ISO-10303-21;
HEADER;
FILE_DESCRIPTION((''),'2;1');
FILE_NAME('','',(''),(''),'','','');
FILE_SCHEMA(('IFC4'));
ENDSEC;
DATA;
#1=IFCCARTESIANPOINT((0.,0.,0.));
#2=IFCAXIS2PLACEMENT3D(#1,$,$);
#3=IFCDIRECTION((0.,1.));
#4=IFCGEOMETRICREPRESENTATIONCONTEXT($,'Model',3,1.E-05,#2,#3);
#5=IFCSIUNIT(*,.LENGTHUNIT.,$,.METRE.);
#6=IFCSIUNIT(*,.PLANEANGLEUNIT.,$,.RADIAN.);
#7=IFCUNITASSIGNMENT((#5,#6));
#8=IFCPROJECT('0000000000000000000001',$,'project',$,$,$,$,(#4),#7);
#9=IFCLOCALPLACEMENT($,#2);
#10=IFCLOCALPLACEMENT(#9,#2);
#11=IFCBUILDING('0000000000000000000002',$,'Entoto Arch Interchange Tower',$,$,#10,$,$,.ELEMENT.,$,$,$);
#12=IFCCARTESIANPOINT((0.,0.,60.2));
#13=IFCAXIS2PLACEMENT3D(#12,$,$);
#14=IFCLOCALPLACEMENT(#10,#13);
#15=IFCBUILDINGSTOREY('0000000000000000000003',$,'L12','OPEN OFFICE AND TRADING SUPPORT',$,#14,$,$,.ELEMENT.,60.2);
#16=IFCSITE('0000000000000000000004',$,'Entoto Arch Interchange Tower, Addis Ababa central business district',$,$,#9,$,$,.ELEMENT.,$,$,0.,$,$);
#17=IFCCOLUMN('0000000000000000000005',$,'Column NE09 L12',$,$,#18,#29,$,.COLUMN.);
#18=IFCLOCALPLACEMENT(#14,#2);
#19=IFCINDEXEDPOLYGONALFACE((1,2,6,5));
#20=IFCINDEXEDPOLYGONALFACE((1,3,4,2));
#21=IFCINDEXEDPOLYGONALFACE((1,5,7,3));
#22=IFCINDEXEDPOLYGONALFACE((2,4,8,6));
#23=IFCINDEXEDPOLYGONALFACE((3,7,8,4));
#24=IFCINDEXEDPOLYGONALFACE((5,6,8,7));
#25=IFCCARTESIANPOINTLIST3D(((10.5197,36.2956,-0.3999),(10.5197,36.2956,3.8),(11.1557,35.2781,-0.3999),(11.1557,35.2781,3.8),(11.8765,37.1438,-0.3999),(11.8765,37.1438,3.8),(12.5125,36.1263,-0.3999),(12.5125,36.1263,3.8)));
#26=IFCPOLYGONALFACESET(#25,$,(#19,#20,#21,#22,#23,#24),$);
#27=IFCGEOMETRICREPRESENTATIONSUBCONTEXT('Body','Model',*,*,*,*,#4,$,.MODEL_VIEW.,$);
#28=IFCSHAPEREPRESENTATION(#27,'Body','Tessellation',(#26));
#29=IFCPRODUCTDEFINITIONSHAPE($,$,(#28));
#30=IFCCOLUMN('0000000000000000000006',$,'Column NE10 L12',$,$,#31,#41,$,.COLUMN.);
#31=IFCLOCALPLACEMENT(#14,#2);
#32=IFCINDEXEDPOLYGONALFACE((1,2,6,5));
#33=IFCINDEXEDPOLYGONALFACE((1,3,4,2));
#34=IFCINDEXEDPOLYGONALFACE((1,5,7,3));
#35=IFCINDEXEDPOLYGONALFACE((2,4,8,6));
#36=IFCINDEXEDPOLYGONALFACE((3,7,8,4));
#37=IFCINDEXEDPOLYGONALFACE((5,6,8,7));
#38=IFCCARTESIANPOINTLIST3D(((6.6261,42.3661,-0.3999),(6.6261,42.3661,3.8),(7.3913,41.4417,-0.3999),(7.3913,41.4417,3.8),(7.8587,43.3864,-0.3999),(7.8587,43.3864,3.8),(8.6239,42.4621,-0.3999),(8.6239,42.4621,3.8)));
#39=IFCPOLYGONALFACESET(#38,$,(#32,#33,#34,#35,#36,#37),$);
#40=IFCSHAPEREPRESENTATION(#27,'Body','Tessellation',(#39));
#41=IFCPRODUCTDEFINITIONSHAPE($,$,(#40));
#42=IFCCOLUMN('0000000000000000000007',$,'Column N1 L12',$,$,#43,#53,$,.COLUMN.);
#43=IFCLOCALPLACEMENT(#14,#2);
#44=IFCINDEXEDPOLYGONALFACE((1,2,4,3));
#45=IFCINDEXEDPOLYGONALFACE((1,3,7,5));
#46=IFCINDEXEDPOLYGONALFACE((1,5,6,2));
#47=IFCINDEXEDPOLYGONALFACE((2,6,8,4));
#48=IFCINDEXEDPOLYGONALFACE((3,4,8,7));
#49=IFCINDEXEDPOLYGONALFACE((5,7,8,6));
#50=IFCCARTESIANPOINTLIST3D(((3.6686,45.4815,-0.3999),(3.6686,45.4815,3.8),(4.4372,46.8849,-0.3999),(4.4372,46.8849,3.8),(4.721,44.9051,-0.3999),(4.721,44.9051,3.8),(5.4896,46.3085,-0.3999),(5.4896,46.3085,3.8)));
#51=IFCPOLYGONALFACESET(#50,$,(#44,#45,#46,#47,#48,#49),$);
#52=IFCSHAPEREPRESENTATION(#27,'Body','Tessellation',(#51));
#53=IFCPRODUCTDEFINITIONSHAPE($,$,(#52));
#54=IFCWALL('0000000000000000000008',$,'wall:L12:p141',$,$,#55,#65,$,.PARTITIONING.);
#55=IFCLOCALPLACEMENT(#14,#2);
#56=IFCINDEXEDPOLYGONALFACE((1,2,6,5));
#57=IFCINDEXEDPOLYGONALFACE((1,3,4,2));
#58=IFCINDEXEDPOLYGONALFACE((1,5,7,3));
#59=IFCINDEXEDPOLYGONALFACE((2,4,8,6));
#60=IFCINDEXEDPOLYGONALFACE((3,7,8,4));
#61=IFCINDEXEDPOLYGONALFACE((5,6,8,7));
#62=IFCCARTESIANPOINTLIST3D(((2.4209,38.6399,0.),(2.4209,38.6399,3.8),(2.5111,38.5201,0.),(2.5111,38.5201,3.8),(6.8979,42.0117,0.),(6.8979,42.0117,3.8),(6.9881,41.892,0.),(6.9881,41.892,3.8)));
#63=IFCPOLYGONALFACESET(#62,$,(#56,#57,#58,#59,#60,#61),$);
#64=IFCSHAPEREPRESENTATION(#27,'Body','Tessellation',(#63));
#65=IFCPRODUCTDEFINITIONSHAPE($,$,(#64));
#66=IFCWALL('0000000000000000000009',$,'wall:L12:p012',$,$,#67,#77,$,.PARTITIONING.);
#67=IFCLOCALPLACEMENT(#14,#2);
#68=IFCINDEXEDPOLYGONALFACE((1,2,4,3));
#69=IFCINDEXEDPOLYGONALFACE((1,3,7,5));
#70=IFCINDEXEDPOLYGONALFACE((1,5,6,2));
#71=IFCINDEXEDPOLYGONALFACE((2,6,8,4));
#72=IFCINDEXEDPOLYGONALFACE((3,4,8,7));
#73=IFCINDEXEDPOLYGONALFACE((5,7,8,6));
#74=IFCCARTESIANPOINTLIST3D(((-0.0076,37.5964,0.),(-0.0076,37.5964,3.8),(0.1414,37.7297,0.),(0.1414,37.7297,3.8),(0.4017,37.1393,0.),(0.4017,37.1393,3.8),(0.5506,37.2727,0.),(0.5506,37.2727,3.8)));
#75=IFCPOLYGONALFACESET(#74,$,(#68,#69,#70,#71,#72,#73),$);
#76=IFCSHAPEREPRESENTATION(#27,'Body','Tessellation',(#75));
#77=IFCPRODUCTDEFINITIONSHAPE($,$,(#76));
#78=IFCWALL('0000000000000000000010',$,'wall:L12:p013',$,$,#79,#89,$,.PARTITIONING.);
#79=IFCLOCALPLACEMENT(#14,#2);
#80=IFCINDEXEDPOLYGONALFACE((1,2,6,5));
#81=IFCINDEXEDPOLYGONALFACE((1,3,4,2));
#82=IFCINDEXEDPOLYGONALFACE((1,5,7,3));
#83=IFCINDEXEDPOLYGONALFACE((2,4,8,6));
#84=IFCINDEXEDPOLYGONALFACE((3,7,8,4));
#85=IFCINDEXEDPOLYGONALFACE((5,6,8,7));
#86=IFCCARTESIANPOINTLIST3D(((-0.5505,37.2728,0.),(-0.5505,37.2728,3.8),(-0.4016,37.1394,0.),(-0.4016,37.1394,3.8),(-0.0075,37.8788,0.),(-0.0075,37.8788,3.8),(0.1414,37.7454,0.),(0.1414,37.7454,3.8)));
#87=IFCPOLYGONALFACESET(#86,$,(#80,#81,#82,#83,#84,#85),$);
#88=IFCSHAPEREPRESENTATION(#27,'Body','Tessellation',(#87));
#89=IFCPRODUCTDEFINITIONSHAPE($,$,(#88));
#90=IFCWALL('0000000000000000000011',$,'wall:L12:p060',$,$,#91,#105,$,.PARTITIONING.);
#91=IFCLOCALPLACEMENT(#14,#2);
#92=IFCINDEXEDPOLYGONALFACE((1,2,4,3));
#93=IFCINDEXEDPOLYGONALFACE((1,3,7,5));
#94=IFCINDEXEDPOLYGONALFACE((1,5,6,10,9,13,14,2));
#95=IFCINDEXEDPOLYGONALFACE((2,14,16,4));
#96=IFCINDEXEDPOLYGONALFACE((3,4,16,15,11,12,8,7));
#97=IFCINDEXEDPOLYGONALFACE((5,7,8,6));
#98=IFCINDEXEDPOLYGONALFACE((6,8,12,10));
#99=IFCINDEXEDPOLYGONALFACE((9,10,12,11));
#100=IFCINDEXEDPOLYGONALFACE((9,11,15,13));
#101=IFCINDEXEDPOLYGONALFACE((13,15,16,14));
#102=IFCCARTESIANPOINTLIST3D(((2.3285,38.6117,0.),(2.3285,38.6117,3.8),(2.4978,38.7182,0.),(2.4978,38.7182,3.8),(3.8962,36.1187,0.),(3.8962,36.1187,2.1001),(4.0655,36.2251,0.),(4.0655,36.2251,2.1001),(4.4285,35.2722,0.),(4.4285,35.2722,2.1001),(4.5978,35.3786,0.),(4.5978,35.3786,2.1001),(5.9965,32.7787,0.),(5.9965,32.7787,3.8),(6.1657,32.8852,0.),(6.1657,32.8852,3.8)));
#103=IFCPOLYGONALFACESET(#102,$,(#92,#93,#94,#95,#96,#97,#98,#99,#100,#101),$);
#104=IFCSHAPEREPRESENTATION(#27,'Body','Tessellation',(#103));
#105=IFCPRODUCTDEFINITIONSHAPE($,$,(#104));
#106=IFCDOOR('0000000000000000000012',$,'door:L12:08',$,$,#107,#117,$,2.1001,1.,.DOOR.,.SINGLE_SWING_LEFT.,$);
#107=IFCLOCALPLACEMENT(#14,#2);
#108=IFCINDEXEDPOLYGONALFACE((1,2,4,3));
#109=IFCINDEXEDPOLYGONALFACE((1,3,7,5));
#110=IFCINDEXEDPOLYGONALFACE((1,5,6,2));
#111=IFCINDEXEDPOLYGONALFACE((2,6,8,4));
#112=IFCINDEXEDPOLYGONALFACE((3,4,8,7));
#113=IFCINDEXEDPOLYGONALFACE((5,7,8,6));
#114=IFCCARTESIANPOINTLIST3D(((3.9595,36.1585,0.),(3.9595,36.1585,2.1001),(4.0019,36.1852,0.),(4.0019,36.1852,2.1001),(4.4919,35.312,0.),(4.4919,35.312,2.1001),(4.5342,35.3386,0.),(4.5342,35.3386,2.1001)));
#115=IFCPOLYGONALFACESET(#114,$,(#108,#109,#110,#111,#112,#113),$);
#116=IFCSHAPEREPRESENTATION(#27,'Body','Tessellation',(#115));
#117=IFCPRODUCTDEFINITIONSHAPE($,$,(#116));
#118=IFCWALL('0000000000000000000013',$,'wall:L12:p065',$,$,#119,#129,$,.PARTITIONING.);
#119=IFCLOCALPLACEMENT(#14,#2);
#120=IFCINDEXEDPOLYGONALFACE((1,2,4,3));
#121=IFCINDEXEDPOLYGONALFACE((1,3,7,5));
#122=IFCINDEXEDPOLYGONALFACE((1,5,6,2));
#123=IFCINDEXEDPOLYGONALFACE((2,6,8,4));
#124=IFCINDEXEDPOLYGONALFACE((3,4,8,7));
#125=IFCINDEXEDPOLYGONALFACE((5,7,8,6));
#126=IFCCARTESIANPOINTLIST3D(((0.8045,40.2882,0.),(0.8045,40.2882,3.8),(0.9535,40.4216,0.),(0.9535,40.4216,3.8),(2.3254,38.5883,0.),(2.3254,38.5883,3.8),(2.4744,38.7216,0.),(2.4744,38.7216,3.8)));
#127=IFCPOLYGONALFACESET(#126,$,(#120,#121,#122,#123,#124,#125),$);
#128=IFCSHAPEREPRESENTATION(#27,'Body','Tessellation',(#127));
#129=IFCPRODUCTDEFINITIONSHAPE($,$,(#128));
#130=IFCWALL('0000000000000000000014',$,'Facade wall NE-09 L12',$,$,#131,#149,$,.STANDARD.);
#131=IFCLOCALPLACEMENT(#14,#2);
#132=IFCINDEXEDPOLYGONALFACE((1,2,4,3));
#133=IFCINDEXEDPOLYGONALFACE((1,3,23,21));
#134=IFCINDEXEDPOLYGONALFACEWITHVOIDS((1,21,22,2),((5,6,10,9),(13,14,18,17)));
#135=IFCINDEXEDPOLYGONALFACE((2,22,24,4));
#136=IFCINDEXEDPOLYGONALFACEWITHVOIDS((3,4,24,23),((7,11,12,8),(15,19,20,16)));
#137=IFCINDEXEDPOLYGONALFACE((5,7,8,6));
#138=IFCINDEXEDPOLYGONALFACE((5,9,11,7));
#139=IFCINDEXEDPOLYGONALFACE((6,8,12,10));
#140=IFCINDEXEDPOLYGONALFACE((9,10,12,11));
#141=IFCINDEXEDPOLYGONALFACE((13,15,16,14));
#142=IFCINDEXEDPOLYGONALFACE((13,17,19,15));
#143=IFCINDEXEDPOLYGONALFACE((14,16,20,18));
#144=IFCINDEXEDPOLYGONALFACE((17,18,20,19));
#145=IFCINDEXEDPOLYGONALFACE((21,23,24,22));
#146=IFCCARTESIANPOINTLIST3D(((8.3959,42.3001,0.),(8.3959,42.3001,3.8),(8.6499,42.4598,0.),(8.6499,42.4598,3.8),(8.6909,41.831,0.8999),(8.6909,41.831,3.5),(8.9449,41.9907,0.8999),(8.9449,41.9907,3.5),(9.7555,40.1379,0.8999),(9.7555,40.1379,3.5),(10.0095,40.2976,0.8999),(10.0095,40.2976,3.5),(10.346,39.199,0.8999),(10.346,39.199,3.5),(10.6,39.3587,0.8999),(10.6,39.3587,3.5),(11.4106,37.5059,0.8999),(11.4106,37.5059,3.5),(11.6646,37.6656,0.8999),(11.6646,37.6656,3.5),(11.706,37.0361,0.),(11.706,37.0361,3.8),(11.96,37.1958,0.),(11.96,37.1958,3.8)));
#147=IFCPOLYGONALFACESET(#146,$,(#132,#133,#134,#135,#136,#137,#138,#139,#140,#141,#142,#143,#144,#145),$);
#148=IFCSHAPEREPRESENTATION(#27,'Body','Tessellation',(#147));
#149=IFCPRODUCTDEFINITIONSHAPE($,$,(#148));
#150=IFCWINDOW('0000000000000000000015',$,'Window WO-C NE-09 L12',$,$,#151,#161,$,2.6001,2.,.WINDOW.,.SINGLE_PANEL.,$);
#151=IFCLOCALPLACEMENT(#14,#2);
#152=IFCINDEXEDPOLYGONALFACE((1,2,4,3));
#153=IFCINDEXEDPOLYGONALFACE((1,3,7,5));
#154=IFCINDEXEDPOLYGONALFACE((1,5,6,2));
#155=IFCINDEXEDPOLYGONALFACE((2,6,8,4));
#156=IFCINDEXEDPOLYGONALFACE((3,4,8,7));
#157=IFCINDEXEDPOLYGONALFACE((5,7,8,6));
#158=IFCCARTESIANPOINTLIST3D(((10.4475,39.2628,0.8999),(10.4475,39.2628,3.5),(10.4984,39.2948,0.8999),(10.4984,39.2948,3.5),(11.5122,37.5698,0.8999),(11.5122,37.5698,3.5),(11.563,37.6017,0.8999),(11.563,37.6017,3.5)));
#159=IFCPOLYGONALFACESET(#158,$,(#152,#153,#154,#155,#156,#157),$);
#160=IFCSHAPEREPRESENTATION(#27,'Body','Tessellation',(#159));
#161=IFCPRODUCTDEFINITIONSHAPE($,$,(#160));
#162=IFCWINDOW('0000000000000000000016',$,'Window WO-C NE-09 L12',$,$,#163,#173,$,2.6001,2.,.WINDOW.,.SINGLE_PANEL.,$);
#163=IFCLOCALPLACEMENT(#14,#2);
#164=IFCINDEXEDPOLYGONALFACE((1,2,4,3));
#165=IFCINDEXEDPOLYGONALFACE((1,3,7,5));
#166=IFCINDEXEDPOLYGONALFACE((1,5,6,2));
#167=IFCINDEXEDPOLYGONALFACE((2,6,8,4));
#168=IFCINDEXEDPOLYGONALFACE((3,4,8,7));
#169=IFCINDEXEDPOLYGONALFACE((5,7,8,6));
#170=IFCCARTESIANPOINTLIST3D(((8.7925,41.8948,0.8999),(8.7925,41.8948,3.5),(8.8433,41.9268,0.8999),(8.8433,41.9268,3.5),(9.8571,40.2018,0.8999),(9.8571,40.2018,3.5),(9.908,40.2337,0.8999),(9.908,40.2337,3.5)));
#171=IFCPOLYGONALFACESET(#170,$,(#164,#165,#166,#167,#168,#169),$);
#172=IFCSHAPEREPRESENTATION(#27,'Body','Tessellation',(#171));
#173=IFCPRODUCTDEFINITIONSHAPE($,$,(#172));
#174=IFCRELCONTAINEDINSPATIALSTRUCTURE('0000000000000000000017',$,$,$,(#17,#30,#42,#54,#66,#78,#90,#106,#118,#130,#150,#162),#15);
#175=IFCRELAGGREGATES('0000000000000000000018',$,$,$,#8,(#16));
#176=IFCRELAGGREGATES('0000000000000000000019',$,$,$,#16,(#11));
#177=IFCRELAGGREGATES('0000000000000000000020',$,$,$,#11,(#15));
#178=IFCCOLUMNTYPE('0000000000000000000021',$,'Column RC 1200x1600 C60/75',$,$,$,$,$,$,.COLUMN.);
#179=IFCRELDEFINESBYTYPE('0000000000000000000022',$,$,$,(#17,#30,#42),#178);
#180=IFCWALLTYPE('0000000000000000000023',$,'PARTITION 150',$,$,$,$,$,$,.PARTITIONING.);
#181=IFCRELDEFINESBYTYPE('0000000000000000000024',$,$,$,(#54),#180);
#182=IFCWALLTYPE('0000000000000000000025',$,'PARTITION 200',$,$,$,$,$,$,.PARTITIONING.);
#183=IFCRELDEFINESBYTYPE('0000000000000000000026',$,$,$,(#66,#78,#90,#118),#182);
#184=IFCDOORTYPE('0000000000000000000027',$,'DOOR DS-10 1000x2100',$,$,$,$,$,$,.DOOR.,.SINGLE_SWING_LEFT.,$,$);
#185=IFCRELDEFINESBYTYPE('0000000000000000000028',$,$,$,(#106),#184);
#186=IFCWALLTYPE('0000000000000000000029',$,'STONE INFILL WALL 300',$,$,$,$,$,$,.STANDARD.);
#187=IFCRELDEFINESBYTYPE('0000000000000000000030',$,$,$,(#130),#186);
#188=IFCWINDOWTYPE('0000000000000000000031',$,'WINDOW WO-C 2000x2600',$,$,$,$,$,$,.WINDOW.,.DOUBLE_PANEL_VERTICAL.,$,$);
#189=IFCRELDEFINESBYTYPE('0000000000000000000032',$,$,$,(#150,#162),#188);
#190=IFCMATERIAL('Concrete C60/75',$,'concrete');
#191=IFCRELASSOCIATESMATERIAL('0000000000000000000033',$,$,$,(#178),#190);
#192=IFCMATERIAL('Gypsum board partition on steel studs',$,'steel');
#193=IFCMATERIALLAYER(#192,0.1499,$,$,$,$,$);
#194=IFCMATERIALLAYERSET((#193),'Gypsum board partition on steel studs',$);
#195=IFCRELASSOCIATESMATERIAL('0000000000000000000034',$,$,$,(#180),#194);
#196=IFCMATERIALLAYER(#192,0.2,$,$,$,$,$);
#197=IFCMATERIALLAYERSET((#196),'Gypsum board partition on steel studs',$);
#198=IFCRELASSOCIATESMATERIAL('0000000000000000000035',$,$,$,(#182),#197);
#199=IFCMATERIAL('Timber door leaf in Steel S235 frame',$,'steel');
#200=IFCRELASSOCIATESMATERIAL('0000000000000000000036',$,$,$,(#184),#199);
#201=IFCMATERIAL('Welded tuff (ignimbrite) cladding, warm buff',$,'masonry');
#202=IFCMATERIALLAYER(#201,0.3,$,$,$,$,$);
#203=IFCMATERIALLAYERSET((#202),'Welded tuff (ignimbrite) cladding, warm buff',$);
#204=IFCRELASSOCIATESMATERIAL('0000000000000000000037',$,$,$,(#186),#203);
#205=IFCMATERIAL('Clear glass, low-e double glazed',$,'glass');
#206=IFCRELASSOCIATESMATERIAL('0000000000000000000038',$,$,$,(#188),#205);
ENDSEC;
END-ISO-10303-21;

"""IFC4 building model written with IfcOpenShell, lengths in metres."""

from ifc_helpers import new_model, si_unit, direction, frame, frame_2d, origin, origin_2d, place, context, subcontext, project, spatial, rectangle, extrude, material, layer, layer_set, material_profile, profile_set, type_object, element, fill, save


model = new_model("IFC4")

# Units and contexts
model_context = context("Model", 3, precision=1e-05, world=origin(), true_north=direction((0.0, 1.0)))
body_context = subcontext(model_context, "Body", "Model", "MODEL_VIEW")
ifc_project = project(units=[si_unit("LENGTHUNIT", "METRE"), si_unit("PLANEANGLEUNIT", "RADIAN")], contexts=[model_context])

# Site, building, storey
site_placement = place(None, origin())
site = spatial("IfcSite", under=ifc_project, at=site_placement, Name="Entoto Arch Interchange Tower, Addis Ababa central business district", CompositionType="ELEMENT", RefElevation=0.0)
building_placement = place(site_placement, origin())
building = spatial("IfcBuilding", under=site, at=building_placement, Name="Entoto Arch Interchange Tower", CompositionType="ELEMENT")
storey_placement = place(building_placement, frame((0.0, 0.0, 60.2)))
storey = spatial("IfcBuildingStorey", under=building, at=storey_placement, Name="L12", Description="OPEN OFFICE AND TRADING SUPPORT", CompositionType="ELEMENT", Elevation=60.2)

# Columns
ifc_material_1 = material(Name="Concrete C60/75", Category="concrete")
ifc_material_profile = material_profile(ifc_material_1, rectangle(XDim=1.2, YDim=1.6001, at=origin_2d()))
ifc_profile_set = profile_set([ifc_material_profile], Name="Concrete C60/75")
column_type = type_object("IfcColumnType", Name="Column RC 1200x1600 C60/75", PredefinedType="COLUMN", material=ifc_profile_set)
for number, where, z_axis, x_axis, name in (
    (1, (11.5161, 36.2109, -0.3999), (0.0, 0.0, 1.0), (-0.530067, 0.847956, 0.0), "Column NE09 L12"),
    (2, (7.625, 42.4141, -0.3999), (0.0, 0.0, 1.0), (-0.637666, 0.770313, 0.0), "Column NE10 L12"),
    (3, (4.5791, 45.895, -0.3999), (0.0, 0.0, 1.0), (-0.877079, 0.480346, 0.0), "Column N1 L12"),
):
    element("IfcColumn", number, at=place(storey_placement, frame(where, z_axis=z_axis, x_axis=x_axis)), inside=storey, type_object=column_type, Name=name, PredefinedType="COLUMN", context=body_context, shape_type="SweptSolid", body=[
        extrude(rectangle(XDim=1.2, YDim=1.6001, at=origin_2d()), origin(), (0.0, 0.0, 1.0), 4.2),
    ])

# Walls
ifc_material_2 = material(Name="Gypsum board partition on steel studs", Category="steel")
ifc_layer_1 = layer(ifc_material_2, 0.1499)
ifc_layer_set_1 = layer_set([ifc_layer_1], Name="Gypsum board partition on steel studs")
wall_type_1 = type_object("IfcWallType", Name="PARTITION 150", PredefinedType="PARTITIONING", material=ifc_layer_set_1)
wall_1_placement = place(storey_placement, frame((2.4661, 38.5801, 0.0), z_axis=(0.0, 0.0, 1.0), x_axis=(0.798796, 0.601602, 0.0)))
element("IfcWall", 4, at=wall_1_placement, inside=storey, type_object=wall_type_1, Name="wall:L12:p141", PredefinedType="PARTITIONING", context=body_context, shape_type="SweptSolid", body=[
    extrude(rectangle(XDim=5.6047, YDim=0.1499, at=frame_2d((2.8022, 0.0))), origin(), (0.0, 0.0, 1.0), 3.8),
])
ifc_layer_2 = layer(ifc_material_2, 0.2)
ifc_layer_set_2 = layer_set([ifc_layer_2], Name="Gypsum board partition on steel studs")
wall_type_2 = type_object("IfcWallType", Name="PARTITION 200", PredefinedType="PARTITIONING", material=ifc_layer_set_2)
wall_2_placement = place(storey_placement, frame((0.4761, 37.2061, 0.0), z_axis=(0.0, 0.0, 1.0), x_axis=(-0.667027, 0.745033, 0.0)))
element("IfcWall", 5, at=wall_2_placement, inside=storey, type_object=wall_type_2, Name="wall:L12:p012", PredefinedType="PARTITIONING", context=body_context, shape_type="SweptSolid", body=[
    extrude(rectangle(XDim=0.6135, YDim=0.2, at=frame_2d((0.3066, 0.0))), origin(), (0.0, 0.0, 1.0), 3.8),
])
wall_3_placement = place(storey_placement, frame((0.0669, 37.812, 0.0), z_axis=(0.0, 0.0, 1.0), x_axis=(-0.667338, -0.744755, 0.0)))
element("IfcWall", 6, at=wall_3_placement, inside=storey, type_object=wall_type_2, Name="wall:L12:p013", PredefinedType="PARTITIONING", context=body_context, shape_type="SweptSolid", body=[
    extrude(rectangle(XDim=0.8137, YDim=0.2, at=frame_2d((0.4067, 0.0))), origin(), (0.0, 0.0, 1.0), 3.8),
])

# Wall, opening, door
wall_4_placement = place(storey_placement, frame((2.4131, 38.665, 0.0), z_axis=(0.0, 0.0, 1.0), x_axis=(0.532328, -0.846538, 0.0)))
wall_4 = element("IfcWall", 7, at=wall_4_placement, inside=storey, type_object=wall_type_2, Name="wall:L12:p060", PredefinedType="PARTITIONING", context=body_context, shape_type="SweptSolid", body=[
    extrude(rectangle(XDim=6.8904, YDim=0.2, at=frame_2d((3.4453, 0.0))), origin(), (0.0, 0.0, 1.0), 3.8),
])
opening_1_placement = place(wall_4_placement, frame((2.9451, 0.0, 0.0)))
opening_1 = element("IfcOpeningElement", 8, at=opening_1_placement, cuts=wall_4, PredefinedType="OPENING", context=body_context, shape_type="SweptSolid", body=[
    extrude(rectangle(XDim=1.0, YDim=2.1001, at=frame_2d((0.5, 1.05))), frame((0.0, 0.1099, 0.0), z_axis=(0.0, -1.0, 0.0), x_axis=(1.0, 0.0, 0.0)), (0.0, 0.0, 1.0), 0.22),
])
ifc_material_3 = material(Name="Timber door leaf in Steel S235 frame", Category="steel")
door_type = type_object("IfcDoorType", Name="DOOR DS-10 1000x2100", OperationType="SINGLE_SWING_LEFT", PredefinedType="DOOR", material=ifc_material_3)
door_placement = place(opening_1_placement, origin())
door = element("IfcDoor", 9, at=door_placement, inside=storey, type_object=door_type, Name="door:L12:08", OperationType="SINGLE_SWING_LEFT", OverallHeight=2.1001, OverallWidth=1.0, PredefinedType="DOOR", context=body_context, shape_type="SweptSolid", body=[
    extrude(rectangle(XDim=1.0, YDim=2.1001, at=frame_2d((0.5, 1.05))), frame((0.0, 0.0249, 0.0), z_axis=(0.0, -1.0, 0.0), x_axis=(1.0, 0.0, 0.0)), (0.0, 0.0, 1.0), 0.05),
])
fill(opening_1, door)

# Wall
wall_5_placement = place(storey_placement, frame((0.8789, 40.355, 0.0), z_axis=(0.0, 0.0, 1.0), x_axis=(0.666792, -0.745244, 0.0)))
element("IfcWall", 10, at=wall_5_placement, inside=storey, type_object=wall_type_2, Name="wall:L12:p065", PredefinedType="PARTITIONING", context=body_context, shape_type="SweptSolid", body=[
    extrude(rectangle(XDim=2.281, YDim=0.2, at=frame_2d((1.1406, 0.0))), origin(), (0.0, 0.0, 1.0), 3.8),
])

# Wall, openings, windows
ifc_material_4 = material(Name="Welded tuff (ignimbrite) cladding, warm buff", Category="masonry")
ifc_layer_3 = layer(ifc_material_4, 0.3)
ifc_layer_set_3 = layer_set([ifc_layer_3], Name="Welded tuff (ignimbrite) cladding, warm buff")
wall_type_3 = type_object("IfcWallType", Name="STONE INFILL WALL 300", PredefinedType="STANDARD", material=ifc_layer_set_3)
wall_6_placement = place(storey_placement, frame((11.833, 37.116, 0.0), z_axis=(0.0, 0.0, 1.0), x_axis=(-0.532323, 0.846542, 0.0)))
wall_6 = element("IfcWall", 11, at=wall_6_placement, inside=storey, type_object=wall_type_3, Name="Facade wall NE-09 L12", PredefinedType="STANDARD", context=body_context, shape_type="SweptSolid", body=[
    extrude(rectangle(XDim=6.2183, YDim=0.3, at=frame_2d((3.1091, 0.0))), origin(), (0.0, 0.0, 1.0), 3.8),
])
opening_2_placement = place(wall_6_placement, frame((0.5549, 0.0, 0.8999)))
opening_2 = element("IfcOpeningElement", 12, at=opening_2_placement, cuts=wall_6, PredefinedType="OPENING", context=body_context, shape_type="SweptSolid", body=[
    extrude(rectangle(XDim=2.0, YDim=2.6001, at=frame_2d((1.0, 1.3))), frame((0.0, 0.1602, 0.0), z_axis=(0.0, -1.0, 0.0), x_axis=(1.0, 0.0, 0.0)), (0.0, 0.0, 1.0), 0.3201),
])
opening_3_placement = place(wall_6_placement, frame((3.6641, 0.0, 0.8999)))
opening_3 = element("IfcOpeningElement", 13, at=opening_3_placement, cuts=wall_6, PredefinedType="OPENING", context=body_context, shape_type="SweptSolid", body=[
    extrude(rectangle(XDim=2.0, YDim=2.6001, at=frame_2d((1.0, 1.3))), frame((0.0, 0.1602, 0.0), z_axis=(0.0, -1.0, 0.0), x_axis=(1.0, 0.0, 0.0)), (0.0, 0.0, 1.0), 0.3201),
])
ifc_material_5 = material(Name="Clear glass, low-e double glazed", Category="glass")
window_type_1 = type_object("IfcWindowType", Name="WINDOW WO-C 2000x2600", PartitioningType="DOUBLE_PANEL_VERTICAL", PredefinedType="WINDOW", material=ifc_material_5)
window_1_placement = place(opening_2_placement, origin())
window_1 = element("IfcWindow", 14, at=window_1_placement, inside=storey, type_object=window_type_1, Name="Window WO-C NE-09 L12", OverallHeight=2.6001, OverallWidth=2.0, PartitioningType="SINGLE_PANEL", PredefinedType="WINDOW", context=body_context, shape_type="SweptSolid", body=[
    extrude(rectangle(XDim=2.0, YDim=2.6001, at=frame_2d((1.0, 1.3))), frame((0.0, 0.03, 0.0), z_axis=(0.0, -1.0, 0.0), x_axis=(1.0, 0.0, 0.0)), (0.0, 0.0, 1.0), 0.0601),
])
fill(opening_2, window_1)
window_2_placement = place(opening_3_placement, origin())
window_2 = element("IfcWindow", 15, at=window_2_placement, inside=storey, type_object=window_type_1, Name="Window WO-C NE-09 L12", OverallHeight=2.6001, OverallWidth=2.0, PartitioningType="SINGLE_PANEL", PredefinedType="WINDOW", context=body_context, shape_type="SweptSolid", body=[
    extrude(rectangle(XDim=2.0, YDim=2.6001, at=frame_2d((1.0, 1.3))), frame((0.0, 0.03, 0.0), z_axis=(0.0, -1.0, 0.0), x_axis=(1.0, 0.0, 0.0)), (0.0, 0.0, 1.0), 0.0601),
])
fill(opening_3, window_2)

save(model, "model.ifc")
